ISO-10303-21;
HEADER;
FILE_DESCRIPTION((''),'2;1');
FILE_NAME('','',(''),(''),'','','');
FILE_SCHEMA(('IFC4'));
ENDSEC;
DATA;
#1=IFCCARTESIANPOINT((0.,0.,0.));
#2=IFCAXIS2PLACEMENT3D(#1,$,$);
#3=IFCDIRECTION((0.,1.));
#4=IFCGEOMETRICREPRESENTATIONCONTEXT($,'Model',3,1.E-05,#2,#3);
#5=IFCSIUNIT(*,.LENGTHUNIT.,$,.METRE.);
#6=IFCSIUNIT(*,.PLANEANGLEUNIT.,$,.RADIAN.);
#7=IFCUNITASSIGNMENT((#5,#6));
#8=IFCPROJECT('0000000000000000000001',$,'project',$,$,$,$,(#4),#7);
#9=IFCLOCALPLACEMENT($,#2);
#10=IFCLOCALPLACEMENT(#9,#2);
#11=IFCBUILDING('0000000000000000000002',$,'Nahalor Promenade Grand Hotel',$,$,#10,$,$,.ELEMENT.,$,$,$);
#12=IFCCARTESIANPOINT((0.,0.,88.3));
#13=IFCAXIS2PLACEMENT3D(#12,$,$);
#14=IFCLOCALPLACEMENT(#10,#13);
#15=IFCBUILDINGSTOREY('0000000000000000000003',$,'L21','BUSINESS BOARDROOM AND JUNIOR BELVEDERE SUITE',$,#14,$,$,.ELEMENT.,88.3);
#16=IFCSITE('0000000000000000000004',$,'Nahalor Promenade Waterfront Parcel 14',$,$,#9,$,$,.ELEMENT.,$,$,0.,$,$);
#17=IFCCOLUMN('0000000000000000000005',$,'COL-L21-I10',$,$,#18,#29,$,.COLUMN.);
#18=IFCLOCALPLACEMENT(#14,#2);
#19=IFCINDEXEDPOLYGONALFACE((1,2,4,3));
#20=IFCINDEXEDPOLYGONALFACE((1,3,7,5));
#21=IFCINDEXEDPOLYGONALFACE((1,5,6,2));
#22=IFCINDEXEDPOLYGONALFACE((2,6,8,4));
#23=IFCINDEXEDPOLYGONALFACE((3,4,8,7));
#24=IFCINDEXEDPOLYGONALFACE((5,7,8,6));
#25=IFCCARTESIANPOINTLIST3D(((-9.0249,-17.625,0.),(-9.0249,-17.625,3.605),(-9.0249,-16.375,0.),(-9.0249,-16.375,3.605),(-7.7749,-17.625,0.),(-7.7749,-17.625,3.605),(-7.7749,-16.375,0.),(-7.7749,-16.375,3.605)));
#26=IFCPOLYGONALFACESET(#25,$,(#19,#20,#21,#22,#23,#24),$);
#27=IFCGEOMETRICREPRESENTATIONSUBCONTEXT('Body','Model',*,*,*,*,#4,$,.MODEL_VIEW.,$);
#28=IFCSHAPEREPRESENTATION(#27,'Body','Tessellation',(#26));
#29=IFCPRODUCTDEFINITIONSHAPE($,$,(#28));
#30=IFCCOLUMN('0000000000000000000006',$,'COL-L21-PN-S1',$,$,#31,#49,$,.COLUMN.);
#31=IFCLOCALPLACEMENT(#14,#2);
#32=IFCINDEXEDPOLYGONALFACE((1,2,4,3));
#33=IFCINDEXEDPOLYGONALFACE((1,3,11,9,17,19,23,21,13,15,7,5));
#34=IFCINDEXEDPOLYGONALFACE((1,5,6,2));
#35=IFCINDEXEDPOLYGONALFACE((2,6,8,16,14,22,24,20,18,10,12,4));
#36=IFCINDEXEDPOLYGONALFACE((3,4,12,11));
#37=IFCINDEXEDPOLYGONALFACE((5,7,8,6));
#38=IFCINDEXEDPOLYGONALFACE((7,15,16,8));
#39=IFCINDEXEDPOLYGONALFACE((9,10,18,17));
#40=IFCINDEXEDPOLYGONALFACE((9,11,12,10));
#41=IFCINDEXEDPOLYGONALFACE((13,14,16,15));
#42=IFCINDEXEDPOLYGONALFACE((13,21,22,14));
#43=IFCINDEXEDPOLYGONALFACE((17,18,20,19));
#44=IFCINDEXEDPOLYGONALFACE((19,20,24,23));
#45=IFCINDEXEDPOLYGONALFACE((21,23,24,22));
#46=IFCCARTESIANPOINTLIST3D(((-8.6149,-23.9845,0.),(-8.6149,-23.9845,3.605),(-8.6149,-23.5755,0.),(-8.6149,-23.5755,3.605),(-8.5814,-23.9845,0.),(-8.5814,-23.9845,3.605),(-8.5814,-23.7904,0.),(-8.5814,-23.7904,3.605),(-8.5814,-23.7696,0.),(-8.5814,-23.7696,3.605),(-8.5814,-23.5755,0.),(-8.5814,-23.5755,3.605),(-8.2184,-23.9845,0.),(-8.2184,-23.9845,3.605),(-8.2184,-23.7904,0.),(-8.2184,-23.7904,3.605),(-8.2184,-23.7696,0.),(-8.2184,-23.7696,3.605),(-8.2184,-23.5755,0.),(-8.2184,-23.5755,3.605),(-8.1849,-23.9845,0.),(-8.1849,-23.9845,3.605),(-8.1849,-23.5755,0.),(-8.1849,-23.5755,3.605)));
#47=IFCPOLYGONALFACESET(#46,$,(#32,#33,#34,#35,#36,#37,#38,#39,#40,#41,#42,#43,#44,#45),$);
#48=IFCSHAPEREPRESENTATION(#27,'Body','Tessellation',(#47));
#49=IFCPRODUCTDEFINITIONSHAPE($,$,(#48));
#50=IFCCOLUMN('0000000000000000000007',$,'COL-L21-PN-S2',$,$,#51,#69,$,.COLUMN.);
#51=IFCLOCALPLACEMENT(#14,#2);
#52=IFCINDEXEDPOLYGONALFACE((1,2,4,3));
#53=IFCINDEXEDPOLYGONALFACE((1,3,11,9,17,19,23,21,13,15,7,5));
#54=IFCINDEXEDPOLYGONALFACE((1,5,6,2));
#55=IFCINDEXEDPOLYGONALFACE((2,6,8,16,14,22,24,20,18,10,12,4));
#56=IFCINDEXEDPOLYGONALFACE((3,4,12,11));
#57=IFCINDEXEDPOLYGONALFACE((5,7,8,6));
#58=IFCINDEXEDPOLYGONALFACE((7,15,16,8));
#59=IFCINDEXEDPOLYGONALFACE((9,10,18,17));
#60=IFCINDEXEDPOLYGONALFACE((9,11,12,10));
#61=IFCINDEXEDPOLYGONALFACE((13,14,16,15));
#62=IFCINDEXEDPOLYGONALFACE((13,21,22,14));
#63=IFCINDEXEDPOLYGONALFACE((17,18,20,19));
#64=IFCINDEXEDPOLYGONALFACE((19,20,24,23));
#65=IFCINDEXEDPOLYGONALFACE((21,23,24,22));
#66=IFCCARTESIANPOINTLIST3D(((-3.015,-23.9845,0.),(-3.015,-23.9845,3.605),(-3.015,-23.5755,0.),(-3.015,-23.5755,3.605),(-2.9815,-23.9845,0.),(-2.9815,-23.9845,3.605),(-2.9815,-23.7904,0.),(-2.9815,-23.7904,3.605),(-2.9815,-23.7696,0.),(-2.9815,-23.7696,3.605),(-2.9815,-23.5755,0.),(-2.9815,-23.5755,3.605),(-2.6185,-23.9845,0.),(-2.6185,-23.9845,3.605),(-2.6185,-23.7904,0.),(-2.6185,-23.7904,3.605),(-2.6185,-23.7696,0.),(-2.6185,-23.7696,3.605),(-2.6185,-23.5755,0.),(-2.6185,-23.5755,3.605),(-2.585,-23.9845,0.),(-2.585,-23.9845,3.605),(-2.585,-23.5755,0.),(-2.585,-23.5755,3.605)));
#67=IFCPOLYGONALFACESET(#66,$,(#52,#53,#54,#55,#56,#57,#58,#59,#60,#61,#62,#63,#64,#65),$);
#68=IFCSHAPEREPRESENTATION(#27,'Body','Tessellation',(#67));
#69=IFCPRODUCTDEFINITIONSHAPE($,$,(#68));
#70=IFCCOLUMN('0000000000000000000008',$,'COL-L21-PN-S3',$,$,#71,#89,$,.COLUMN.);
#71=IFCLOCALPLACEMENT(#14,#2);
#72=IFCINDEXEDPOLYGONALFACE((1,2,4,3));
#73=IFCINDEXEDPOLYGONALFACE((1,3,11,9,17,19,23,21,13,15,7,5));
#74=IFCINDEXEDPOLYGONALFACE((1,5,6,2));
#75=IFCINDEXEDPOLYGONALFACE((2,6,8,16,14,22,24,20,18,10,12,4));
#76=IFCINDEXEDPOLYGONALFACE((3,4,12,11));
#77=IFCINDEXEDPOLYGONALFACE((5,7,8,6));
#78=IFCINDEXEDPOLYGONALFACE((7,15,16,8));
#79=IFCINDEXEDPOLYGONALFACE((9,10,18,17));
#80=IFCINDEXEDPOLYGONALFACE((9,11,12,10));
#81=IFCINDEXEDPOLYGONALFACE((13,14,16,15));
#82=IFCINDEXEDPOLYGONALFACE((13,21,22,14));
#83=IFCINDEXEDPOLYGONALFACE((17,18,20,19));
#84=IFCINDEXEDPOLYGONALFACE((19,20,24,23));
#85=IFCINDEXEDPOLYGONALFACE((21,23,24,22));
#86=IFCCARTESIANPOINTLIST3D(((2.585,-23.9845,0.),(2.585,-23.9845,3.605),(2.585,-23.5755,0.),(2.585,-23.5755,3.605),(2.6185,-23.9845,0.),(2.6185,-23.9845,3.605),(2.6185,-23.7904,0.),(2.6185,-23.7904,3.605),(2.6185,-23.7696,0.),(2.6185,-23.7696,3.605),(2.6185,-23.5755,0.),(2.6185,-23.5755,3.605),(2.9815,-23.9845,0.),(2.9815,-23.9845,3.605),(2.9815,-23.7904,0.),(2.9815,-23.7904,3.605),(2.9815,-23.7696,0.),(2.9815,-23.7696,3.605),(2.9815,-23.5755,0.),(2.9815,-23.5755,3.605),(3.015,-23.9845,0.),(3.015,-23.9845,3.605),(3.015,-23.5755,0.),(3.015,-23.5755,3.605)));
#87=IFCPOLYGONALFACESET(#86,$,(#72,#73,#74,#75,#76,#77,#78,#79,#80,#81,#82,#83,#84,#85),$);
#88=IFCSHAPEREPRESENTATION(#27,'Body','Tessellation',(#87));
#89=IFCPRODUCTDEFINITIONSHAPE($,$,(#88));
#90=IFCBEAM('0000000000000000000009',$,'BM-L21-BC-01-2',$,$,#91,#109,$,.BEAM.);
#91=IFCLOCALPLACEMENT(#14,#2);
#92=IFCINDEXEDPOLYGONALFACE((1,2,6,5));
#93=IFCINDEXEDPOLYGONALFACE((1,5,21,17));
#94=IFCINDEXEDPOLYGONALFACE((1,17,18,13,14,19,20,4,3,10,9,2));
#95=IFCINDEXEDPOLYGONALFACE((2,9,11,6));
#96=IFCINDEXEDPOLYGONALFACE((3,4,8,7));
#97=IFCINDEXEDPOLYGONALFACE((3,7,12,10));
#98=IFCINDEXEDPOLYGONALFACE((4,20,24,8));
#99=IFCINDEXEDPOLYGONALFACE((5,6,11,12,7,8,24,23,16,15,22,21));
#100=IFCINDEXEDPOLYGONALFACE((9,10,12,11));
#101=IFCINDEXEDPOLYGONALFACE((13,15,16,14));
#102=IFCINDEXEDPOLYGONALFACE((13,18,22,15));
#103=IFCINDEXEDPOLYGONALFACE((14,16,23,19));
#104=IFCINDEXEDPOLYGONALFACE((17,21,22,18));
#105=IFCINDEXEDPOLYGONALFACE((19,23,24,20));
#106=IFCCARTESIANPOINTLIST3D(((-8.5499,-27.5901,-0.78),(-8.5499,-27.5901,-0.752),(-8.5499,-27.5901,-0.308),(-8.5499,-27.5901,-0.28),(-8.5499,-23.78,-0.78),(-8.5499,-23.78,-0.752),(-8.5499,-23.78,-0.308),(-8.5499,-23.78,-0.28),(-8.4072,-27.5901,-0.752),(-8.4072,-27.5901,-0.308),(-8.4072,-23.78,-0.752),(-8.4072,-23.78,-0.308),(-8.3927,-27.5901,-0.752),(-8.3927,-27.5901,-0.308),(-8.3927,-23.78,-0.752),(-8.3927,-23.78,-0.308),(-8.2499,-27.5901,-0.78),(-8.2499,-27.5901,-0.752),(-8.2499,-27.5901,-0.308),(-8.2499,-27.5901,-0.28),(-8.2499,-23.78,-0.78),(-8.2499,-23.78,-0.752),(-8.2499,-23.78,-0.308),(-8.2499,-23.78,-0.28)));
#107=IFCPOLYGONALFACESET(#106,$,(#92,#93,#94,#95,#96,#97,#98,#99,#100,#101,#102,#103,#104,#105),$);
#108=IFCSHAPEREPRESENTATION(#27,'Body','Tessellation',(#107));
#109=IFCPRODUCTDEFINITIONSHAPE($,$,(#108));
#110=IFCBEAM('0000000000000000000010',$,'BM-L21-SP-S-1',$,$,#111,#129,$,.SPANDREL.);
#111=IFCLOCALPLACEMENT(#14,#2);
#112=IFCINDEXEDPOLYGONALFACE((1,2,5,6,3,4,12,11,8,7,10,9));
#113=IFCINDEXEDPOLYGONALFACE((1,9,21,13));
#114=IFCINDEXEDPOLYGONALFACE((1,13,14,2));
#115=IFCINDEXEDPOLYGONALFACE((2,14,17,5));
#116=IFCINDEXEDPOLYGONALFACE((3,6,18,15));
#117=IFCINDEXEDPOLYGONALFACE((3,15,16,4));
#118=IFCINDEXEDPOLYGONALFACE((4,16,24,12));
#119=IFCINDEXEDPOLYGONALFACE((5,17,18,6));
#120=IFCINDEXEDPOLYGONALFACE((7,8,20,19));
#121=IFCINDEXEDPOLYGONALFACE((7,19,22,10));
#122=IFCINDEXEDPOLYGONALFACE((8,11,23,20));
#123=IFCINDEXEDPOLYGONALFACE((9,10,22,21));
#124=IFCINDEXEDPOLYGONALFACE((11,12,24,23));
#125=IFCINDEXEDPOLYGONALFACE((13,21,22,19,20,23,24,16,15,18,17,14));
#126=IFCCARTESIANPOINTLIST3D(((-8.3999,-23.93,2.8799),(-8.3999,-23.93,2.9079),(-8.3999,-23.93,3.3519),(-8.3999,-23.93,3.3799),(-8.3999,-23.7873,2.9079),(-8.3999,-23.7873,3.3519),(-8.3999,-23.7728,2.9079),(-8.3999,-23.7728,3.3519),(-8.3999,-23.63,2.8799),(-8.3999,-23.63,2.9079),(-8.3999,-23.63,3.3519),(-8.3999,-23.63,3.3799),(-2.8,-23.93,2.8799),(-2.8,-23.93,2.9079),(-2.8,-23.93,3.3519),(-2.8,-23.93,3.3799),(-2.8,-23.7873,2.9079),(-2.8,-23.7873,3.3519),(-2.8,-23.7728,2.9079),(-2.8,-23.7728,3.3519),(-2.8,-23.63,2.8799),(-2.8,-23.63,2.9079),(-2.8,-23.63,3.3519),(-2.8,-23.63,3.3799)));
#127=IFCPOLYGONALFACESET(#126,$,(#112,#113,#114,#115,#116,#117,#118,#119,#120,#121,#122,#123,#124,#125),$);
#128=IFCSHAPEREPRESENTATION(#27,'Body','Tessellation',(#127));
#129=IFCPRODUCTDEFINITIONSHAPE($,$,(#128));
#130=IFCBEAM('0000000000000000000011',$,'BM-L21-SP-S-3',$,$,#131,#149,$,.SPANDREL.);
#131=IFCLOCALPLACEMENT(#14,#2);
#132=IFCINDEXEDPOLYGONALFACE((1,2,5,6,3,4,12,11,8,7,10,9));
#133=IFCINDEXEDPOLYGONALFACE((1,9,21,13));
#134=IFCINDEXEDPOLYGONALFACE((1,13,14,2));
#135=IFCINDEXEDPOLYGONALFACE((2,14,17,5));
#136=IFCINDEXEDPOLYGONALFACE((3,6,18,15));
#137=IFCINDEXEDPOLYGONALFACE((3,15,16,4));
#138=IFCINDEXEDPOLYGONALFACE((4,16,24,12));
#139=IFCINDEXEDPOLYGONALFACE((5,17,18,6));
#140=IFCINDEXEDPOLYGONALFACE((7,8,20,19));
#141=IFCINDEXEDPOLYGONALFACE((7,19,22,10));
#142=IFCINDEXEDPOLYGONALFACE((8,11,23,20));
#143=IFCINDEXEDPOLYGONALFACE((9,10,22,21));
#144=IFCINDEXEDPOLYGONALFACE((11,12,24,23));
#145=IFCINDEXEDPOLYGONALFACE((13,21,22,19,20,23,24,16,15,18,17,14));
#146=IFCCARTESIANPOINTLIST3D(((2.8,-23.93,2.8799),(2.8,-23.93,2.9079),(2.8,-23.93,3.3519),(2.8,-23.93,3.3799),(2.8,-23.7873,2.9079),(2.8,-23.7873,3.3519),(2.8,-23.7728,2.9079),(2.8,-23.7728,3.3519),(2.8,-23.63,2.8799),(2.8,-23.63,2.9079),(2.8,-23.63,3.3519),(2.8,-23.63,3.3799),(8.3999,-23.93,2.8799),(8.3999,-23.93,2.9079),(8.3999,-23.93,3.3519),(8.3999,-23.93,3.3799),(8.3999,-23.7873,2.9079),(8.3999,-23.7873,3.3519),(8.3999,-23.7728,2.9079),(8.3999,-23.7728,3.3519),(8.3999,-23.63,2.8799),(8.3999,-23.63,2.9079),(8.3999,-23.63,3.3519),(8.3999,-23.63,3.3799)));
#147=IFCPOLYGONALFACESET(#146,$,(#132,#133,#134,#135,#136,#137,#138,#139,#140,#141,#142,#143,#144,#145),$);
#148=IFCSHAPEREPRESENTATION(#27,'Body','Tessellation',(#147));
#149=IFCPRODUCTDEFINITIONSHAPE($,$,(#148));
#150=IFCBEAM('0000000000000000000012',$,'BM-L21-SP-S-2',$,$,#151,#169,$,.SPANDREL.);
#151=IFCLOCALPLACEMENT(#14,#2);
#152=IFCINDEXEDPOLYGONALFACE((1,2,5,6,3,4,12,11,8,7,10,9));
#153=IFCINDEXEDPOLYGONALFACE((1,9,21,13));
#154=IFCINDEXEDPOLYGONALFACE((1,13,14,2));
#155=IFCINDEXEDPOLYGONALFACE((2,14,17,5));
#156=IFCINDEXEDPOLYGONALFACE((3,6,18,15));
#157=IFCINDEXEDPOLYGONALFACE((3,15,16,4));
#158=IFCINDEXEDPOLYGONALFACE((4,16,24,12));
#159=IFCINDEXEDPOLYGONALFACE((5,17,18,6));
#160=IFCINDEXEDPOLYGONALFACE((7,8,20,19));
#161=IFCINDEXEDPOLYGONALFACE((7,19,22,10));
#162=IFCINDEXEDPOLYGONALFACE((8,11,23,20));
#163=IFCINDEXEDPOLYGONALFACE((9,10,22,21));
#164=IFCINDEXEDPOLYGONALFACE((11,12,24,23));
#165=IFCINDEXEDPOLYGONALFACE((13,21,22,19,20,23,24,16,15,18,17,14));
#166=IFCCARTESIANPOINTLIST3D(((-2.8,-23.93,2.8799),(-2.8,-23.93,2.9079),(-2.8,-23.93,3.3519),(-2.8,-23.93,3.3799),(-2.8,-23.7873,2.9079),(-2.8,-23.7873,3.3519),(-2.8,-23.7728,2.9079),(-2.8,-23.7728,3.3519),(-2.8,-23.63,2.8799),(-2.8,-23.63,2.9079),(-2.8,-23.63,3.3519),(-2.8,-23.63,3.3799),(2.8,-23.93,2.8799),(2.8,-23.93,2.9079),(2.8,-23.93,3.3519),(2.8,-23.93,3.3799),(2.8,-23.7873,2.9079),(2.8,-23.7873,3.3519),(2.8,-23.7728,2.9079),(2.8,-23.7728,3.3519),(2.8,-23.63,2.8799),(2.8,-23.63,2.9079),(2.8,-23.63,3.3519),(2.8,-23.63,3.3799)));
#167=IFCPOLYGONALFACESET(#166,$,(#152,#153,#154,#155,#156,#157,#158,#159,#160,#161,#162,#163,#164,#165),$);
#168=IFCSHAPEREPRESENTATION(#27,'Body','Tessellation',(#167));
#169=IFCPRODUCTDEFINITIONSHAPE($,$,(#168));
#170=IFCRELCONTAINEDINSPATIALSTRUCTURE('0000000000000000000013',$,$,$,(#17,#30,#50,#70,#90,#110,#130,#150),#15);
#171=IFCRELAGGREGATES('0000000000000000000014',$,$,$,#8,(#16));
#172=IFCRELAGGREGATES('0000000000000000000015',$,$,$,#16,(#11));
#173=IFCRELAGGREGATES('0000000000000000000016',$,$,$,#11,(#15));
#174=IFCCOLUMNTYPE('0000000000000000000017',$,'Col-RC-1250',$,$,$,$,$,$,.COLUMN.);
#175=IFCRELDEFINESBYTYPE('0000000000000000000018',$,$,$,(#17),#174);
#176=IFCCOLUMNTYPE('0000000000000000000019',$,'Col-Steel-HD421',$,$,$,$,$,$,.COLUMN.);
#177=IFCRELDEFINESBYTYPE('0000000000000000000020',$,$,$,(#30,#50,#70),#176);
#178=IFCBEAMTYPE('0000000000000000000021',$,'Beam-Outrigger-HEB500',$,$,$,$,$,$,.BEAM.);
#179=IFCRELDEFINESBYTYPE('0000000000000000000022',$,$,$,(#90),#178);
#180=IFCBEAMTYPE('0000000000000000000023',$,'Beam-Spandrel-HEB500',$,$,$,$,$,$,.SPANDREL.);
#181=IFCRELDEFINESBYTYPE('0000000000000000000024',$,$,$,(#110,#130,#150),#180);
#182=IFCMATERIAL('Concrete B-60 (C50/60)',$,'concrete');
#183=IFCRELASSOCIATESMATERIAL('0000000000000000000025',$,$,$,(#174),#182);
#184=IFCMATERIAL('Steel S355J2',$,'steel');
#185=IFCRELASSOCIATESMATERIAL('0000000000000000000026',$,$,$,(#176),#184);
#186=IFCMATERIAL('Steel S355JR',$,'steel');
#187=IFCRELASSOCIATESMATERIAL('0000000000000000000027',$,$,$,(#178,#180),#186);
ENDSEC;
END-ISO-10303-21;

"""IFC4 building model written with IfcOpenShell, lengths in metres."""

from ifc_helpers import new_model, si_unit, direction, frame, origin, origin_2d, place, context, subcontext, project, spatial, rectangle, i_section, extrude, source, transform, mapped, material, material_profile, profile_set, type_object, element, save


model = new_model("IFC4")

# Units and contexts
model_context = context("Model", 3, precision=1e-05, world=origin(), true_north=direction((0.0, 1.0)))
body_context = subcontext(model_context, "Body", "Model", "MODEL_VIEW")
ifc_project = project(units=[si_unit("LENGTHUNIT", "METRE"), si_unit("PLANEANGLEUNIT", "RADIAN")], contexts=[model_context])

# Site, building, storey
site_placement = place(None, origin())
site = spatial("IfcSite", under=ifc_project, at=site_placement, Name="Nahalor Promenade Waterfront Parcel 14", CompositionType="ELEMENT", RefElevation=0.0)
building_placement = place(site_placement, origin())
building = spatial("IfcBuilding", under=site, at=building_placement, Name="Nahalor Promenade Grand Hotel", CompositionType="ELEMENT")
storey_placement = place(building_placement, frame((0.0, 0.0, 88.3)))
storey = spatial("IfcBuildingStorey", under=building, at=storey_placement, Name="L21", Description="BUSINESS BOARDROOM AND JUNIOR BELVEDERE SUITE", CompositionType="ELEMENT", Elevation=88.3)

# Columns
ifc_material_1 = material(Name="Concrete B-60 (C50/60)", Category="concrete")
ifc_material_profile_1 = material_profile(ifc_material_1, rectangle(XDim=1.25, YDim=1.25, at=origin_2d()), Name="RC 1250x1250")
ifc_profile_set_1 = profile_set([ifc_material_profile_1], Name="Concrete B-60 (C50/60)")
column_type_1 = type_object("IfcColumnType", Name="Col-RC-1250", PredefinedType="COLUMN", material=ifc_profile_set_1)
shared_shape_1 = source(origin(), body_context, "Body", "SweptSolid", [
    extrude(rectangle(XDim=1.25, YDim=1.25, at=origin_2d()), origin(), (0.0, 0.0, 1.0), 3.605),
])
column_placement = place(storey_placement, frame((-8.3999, -17.0, 0.0), z_axis=(0.0, 0.0, 1.0), x_axis=(1.0, 0.0, 0.0)))
element("IfcColumn", 1, at=column_placement, inside=storey, type_object=column_type_1, Name="COL-L21-I10", PredefinedType="COLUMN", context=body_context, shape_type="MappedRepresentation", body=[
    mapped(shared_shape_1, transform((0.0, 0.0, 0.0), scale=1.0)),
])
ifc_material_2 = material(Name="Steel S355J2", Category="steel")
ifc_material_profile_2 = material_profile(ifc_material_2, i_section(OverallWidth=0.409, OverallDepth=0.43, WebThickness=0.0208, FlangeThickness=0.0335, at=origin_2d()), Name="HD 400x421")
ifc_profile_set_2 = profile_set([ifc_material_profile_2], Name="Steel S355J2")
column_type_2 = type_object("IfcColumnType", Name="Col-Steel-HD421", PredefinedType="COLUMN", material=ifc_profile_set_2)
shared_shape_2 = source(origin(), body_context, "Body", "SweptSolid", [
    extrude(i_section(OverallWidth=0.409, OverallDepth=0.43, WebThickness=0.0208, FlangeThickness=0.0335, at=origin_2d()), origin(), (0.0, 0.0, 1.0), 3.605),
])
for number, where, z_axis, x_axis, name in (
    (2, (-8.3999, -23.78, 0.0), (0.0, 0.0, 1.0), (0.0, 1.0, 0.0), "COL-L21-PN-S1"),
    (3, (-2.8, -23.78, 0.0), (0.0, 0.0, 1.0), (0.0, 1.0, 0.0), "COL-L21-PN-S2"),
    (4, (2.8, -23.78, 0.0), (0.0, 0.0, 1.0), (0.0, 1.0, 0.0), "COL-L21-PN-S3"),
):
    element("IfcColumn", number, at=place(storey_placement, frame(where, z_axis=z_axis, x_axis=x_axis)), inside=storey, type_object=column_type_2, Name=name, PredefinedType="COLUMN", context=body_context, shape_type="MappedRepresentation", body=[
        mapped(shared_shape_2, transform((0.0, 0.0, 0.0), scale=1.0)),
    ])

# Beams
ifc_material_3 = material(Name="Steel S355JR", Category="steel")
ifc_material_profile_3 = material_profile(ifc_material_3, i_section(OverallWidth=0.3, OverallDepth=0.5, WebThickness=0.0145, FlangeThickness=0.028, at=origin_2d()), Name="HEB 500")
ifc_profile_set_3 = profile_set([ifc_material_profile_3], Name="Steel S355JR")
beam_type_1 = type_object("IfcBeamType", Name="Beam-Outrigger-HEB500", PredefinedType="BEAM", material=ifc_profile_set_3)
shared_shape_3 = source(origin(), body_context, "Body", "SweptSolid", [
    extrude(i_section(OverallWidth=0.3, OverallDepth=0.5, WebThickness=0.0145, FlangeThickness=0.028, at=origin_2d()), origin(), (0.0, 0.0, 1.0), 3.8101),
])
beam_1_placement = place(storey_placement, frame((-8.3999, -27.5901, -0.53), z_axis=(0.0, 1.0, 0.0), x_axis=(-1.0, 0.0, 0.0)))
element("IfcBeam", 5, at=beam_1_placement, inside=storey, type_object=beam_type_1, Name="BM-L21-BC-01-2", PredefinedType="BEAM", context=body_context, shape_type="MappedRepresentation", body=[
    mapped(shared_shape_3, transform((0.0, 0.0, 0.0), scale=1.0)),
])
ifc_material_profile_4 = material_profile(ifc_material_3, i_section(OverallWidth=0.3, OverallDepth=0.5, WebThickness=0.0145, FlangeThickness=0.028, at=origin_2d()), Name="HEB 500")
ifc_profile_set_4 = profile_set([ifc_material_profile_4], Name="Steel S355JR")
beam_type_2 = type_object("IfcBeamType", Name="Beam-Spandrel-HEB500", PredefinedType="SPANDREL", material=ifc_profile_set_4)
shared_shape_4 = source(origin(), body_context, "Body", "SweptSolid", [
    extrude(i_section(OverallWidth=0.3, OverallDepth=0.5, WebThickness=0.0145, FlangeThickness=0.028, at=origin_2d()), origin(), (0.0, 0.0, 1.0), 5.5999),
])
for number, where, z_axis, x_axis, name in (
    (6, (-8.3999, -23.78, 3.1299), (1.0, 0.0, 0.0), (0.0, 1.0, 0.0), "BM-L21-SP-S-1"),
    (7, (2.8, -23.78, 3.1299), (1.0, 0.0, 0.0), (0.0, 1.0, 0.0), "BM-L21-SP-S-3"),
):
    element("IfcBeam", number, at=place(storey_placement, frame(where, z_axis=z_axis, x_axis=x_axis)), inside=storey, type_object=beam_type_2, Name=name, PredefinedType="SPANDREL", context=body_context, shape_type="MappedRepresentation", body=[
        mapped(shared_shape_4, transform((0.0, 0.0, 0.0), scale=1.0)),
    ])
shared_shape_5 = source(origin(), body_context, "Body", "SweptSolid", [
    extrude(i_section(OverallWidth=0.3, OverallDepth=0.5, WebThickness=0.0145, FlangeThickness=0.028, at=origin_2d()), origin(), (0.0, 0.0, 1.0), 5.6001),
])
beam_2_placement = place(storey_placement, frame((-2.8, -23.78, 3.1299), z_axis=(1.0, 0.0, 0.0), x_axis=(0.0, 1.0, 0.0)))
element("IfcBeam", 8, at=beam_2_placement, inside=storey, type_object=beam_type_2, Name="BM-L21-SP-S-2", PredefinedType="SPANDREL", context=body_context, shape_type="MappedRepresentation", body=[
    mapped(shared_shape_5, transform((0.0, 0.0, 0.0), scale=1.0)),
])

save(model, "model.ifc")
